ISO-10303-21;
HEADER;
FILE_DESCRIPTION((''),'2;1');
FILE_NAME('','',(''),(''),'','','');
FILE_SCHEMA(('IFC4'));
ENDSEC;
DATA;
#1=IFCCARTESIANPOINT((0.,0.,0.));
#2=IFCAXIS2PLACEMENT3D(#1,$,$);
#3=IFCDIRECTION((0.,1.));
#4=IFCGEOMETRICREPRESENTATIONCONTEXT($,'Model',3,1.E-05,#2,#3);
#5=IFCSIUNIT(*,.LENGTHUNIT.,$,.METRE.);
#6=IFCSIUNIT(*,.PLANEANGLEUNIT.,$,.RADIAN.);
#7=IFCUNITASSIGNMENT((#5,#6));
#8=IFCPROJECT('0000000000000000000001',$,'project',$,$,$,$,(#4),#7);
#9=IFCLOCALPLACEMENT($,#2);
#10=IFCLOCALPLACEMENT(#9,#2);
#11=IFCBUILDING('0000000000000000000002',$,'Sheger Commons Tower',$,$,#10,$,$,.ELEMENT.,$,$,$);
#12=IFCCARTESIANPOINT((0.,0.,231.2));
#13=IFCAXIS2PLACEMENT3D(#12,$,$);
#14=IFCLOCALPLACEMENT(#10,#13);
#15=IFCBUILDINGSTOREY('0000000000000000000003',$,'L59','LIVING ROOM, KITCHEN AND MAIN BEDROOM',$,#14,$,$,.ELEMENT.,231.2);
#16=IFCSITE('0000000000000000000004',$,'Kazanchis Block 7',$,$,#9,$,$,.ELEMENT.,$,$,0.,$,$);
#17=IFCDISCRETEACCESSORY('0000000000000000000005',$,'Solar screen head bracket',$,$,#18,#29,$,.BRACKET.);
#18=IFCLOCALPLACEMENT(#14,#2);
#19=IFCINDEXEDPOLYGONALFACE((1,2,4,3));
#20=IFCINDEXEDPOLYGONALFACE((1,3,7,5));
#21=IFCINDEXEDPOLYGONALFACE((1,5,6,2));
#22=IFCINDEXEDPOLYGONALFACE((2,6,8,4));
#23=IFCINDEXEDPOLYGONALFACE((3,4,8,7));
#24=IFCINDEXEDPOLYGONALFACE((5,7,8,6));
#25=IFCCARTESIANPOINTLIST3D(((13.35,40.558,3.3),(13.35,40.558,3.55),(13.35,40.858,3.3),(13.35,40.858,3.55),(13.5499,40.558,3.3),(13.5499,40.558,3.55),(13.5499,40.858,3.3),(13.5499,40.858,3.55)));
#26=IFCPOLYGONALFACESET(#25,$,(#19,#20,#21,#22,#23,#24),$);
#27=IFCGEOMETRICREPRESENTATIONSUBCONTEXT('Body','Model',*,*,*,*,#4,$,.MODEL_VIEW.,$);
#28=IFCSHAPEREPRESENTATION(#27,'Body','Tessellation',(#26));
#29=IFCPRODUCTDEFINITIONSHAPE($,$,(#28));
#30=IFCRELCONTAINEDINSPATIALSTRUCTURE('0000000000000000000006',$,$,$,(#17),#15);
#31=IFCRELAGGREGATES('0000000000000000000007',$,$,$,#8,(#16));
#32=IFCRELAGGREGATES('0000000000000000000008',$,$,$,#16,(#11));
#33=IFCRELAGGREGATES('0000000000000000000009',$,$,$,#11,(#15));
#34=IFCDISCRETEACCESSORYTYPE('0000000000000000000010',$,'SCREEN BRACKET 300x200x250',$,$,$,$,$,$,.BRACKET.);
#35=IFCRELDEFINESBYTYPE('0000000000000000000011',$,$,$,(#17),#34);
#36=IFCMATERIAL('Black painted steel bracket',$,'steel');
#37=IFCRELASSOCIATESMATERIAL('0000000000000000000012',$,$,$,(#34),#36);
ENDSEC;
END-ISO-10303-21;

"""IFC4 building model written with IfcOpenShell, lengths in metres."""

from ifc_helpers import new_model, si_unit, direction, frame, origin, origin_2d, place, context, subcontext, project, spatial, rectangle, extrude, material, type_object, element, save


model = new_model("IFC4")

# Units and contexts
model_context = context("Model", 3, precision=1e-05, world=origin(), true_north=direction((0.0, 1.0)))
body_context = subcontext(model_context, "Body", "Model", "MODEL_VIEW")
ifc_project = project(units=[si_unit("LENGTHUNIT", "METRE"), si_unit("PLANEANGLEUNIT", "RADIAN")], contexts=[model_context])

# Site, building, storey
site_placement = place(None, origin())
site = spatial("IfcSite", under=ifc_project, at=site_placement, Name="Kazanchis Block 7", CompositionType="ELEMENT", RefElevation=0.0)
building_placement = place(site_placement, origin())
building = spatial("IfcBuilding", under=site, at=building_placement, Name="Sheger Commons Tower", CompositionType="ELEMENT")
storey_placement = place(building_placement, frame((0.0, 0.0, 231.2)))
storey = spatial("IfcBuildingStorey", under=building, at=storey_placement, Name="L59", Description="LIVING ROOM, KITCHEN AND MAIN BEDROOM", CompositionType="ELEMENT", Elevation=231.2)

# Discrete accessory
ifc_material_1 = material(Name="Black painted steel bracket", Category="steel")
discrete_accessory_type = type_object("IfcDiscreteAccessoryType", Name="SCREEN BRACKET 300x200x250", PredefinedType="BRACKET", material=ifc_material_1)
for number, where, z_axis, x_axis, name in (
    (1, (13.45, 40.708, 3.3), (0.0, 0.0, 1.0), (0.0, -1.0, 0.0), "Solar screen head bracket"),
):
    element("IfcDiscreteAccessory", number, at=place(storey_placement, frame(where, z_axis=z_axis, x_axis=x_axis)), inside=storey, type_object=discrete_accessory_type, Name=name, PredefinedType="BRACKET", context=body_context, shape_type="SweptSolid", body=[
        extrude(rectangle(XDim=0.3, YDim=0.2, at=origin_2d()), origin(), (0.0, 0.0, 1.0), 0.25),
    ])

save(model, "model.ifc")
